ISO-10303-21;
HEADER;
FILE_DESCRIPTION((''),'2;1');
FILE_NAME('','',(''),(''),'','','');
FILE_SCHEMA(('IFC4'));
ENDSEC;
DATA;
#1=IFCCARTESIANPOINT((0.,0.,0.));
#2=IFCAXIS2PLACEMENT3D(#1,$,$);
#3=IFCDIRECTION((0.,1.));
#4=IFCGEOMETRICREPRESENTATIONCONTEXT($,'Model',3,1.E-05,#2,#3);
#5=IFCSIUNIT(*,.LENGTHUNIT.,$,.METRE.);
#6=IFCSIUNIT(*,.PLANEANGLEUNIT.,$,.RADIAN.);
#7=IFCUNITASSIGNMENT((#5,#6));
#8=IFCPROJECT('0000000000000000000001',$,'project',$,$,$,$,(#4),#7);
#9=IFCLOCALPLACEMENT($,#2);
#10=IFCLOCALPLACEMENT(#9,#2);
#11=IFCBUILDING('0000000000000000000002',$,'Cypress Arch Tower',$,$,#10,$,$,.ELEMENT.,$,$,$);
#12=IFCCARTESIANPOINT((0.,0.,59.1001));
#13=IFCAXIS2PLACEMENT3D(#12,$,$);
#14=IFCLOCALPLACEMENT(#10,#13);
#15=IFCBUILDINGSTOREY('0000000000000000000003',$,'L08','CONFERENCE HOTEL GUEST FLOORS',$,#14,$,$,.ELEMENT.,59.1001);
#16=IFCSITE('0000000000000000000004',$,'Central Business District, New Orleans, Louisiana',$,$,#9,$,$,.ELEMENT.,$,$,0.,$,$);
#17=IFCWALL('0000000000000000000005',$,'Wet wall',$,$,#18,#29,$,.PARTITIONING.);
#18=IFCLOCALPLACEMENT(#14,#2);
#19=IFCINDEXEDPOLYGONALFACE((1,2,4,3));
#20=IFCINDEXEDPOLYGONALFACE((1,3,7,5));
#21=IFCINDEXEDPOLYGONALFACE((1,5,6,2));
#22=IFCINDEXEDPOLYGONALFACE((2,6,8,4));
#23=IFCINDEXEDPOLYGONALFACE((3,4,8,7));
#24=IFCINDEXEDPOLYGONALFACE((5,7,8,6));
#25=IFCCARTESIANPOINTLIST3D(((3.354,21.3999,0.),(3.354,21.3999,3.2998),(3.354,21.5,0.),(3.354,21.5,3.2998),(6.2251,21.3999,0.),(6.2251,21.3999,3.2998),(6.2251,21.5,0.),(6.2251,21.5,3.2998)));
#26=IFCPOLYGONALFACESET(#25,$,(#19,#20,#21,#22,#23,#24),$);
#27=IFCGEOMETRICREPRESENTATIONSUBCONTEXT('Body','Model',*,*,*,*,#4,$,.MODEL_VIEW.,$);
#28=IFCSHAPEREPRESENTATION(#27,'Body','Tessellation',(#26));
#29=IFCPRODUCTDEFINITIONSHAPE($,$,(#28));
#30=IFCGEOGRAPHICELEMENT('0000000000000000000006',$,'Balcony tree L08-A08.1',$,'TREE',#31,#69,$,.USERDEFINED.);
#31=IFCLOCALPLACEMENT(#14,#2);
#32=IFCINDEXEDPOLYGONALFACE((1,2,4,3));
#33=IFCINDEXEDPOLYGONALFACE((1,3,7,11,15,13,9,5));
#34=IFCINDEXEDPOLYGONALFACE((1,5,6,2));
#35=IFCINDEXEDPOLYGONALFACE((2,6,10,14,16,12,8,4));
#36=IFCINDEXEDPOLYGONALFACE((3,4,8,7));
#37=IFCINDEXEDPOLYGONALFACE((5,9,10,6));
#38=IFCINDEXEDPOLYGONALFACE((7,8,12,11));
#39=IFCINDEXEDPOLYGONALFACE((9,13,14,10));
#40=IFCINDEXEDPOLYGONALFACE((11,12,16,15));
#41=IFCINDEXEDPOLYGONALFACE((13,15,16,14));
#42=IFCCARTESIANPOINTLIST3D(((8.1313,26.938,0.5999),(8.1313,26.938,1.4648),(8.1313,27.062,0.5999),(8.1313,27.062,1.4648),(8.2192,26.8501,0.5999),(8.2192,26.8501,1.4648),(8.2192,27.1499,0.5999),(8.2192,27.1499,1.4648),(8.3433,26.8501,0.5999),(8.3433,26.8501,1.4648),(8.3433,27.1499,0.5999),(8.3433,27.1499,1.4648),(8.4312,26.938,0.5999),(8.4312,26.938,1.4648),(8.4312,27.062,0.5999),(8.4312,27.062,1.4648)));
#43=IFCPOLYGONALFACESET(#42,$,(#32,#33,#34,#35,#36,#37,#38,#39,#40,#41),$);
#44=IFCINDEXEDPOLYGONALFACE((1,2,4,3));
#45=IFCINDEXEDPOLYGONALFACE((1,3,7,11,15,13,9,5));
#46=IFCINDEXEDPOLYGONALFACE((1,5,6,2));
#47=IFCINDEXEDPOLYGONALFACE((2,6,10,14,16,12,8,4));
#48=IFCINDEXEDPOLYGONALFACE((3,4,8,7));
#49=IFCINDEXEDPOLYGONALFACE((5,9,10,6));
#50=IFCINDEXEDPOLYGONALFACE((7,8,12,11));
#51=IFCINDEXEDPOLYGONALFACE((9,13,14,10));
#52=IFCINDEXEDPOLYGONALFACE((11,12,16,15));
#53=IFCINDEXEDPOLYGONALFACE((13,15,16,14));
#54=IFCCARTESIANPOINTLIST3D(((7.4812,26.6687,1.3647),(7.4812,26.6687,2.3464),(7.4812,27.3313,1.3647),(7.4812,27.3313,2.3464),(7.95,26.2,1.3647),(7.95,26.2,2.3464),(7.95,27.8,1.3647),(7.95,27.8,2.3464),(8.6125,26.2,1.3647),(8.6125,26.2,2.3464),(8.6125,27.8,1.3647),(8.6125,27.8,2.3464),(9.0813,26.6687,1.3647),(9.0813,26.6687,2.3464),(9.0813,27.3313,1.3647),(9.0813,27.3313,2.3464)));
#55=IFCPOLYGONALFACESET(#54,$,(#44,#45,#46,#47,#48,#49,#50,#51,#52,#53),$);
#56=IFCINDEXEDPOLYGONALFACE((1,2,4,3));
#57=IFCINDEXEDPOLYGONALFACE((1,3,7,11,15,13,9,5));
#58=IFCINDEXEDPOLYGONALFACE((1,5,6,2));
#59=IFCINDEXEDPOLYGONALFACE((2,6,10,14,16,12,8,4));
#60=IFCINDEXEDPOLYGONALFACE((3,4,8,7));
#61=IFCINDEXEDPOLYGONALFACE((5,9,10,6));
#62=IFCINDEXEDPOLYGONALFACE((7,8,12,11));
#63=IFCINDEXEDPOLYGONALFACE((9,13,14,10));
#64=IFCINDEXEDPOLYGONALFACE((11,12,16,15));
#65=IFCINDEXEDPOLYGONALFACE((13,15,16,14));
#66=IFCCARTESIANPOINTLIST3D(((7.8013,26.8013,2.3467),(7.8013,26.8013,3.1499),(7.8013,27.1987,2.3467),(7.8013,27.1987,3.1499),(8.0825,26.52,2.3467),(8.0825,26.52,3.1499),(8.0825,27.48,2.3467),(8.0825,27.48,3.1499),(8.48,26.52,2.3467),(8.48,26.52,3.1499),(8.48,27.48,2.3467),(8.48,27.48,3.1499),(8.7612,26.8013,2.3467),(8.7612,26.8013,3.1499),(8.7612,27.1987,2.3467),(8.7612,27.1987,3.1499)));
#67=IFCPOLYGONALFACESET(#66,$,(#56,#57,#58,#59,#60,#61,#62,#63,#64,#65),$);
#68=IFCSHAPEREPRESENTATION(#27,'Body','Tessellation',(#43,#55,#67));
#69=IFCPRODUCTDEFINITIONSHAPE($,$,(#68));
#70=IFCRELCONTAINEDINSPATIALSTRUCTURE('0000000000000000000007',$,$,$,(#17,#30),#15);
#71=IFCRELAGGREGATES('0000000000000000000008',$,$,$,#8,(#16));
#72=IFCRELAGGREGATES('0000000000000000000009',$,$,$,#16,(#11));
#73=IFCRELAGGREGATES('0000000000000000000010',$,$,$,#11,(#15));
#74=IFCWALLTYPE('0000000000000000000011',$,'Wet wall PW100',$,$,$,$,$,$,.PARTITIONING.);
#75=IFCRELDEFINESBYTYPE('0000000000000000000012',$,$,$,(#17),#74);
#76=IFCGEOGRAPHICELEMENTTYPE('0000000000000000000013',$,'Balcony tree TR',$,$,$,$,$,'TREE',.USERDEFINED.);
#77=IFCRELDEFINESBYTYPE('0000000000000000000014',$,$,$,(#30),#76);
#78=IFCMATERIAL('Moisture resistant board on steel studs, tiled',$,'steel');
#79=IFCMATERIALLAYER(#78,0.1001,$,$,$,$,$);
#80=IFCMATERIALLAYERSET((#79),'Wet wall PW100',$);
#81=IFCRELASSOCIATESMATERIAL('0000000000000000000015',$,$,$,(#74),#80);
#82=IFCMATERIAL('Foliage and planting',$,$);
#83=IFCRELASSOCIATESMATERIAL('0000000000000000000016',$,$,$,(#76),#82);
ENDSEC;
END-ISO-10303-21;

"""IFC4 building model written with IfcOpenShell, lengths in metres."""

from ifc_helpers import new_model, si_unit, direction, frame, frame_2d, origin, place, context, subcontext, project, spatial, polyline, rectangle, outline, extrude, material, layer, layer_set, type_object, element, save


model = new_model("IFC4")

# Units and contexts
model_context = context("Model", 3, precision=1e-05, world=origin(), true_north=direction((0.0, 1.0)))
body_context = subcontext(model_context, "Body", "Model", "MODEL_VIEW")
ifc_project = project(units=[si_unit("LENGTHUNIT", "METRE"), si_unit("PLANEANGLEUNIT", "RADIAN")], contexts=[model_context])

# Site, building, storey
site_placement = place(None, origin())
site = spatial("IfcSite", under=ifc_project, at=site_placement, Name="Central Business District, New Orleans, Louisiana", CompositionType="ELEMENT", RefElevation=0.0)
building_placement = place(site_placement, origin())
building = spatial("IfcBuilding", under=site, at=building_placement, Name="Cypress Arch Tower", CompositionType="ELEMENT")
storey_placement = place(building_placement, frame((0.0, 0.0, 59.1001)))
storey = spatial("IfcBuildingStorey", under=building, at=storey_placement, Name="L08", Description="CONFERENCE HOTEL GUEST FLOORS", CompositionType="ELEMENT", Elevation=59.1001)

# Shared definitions
ifc_material_1 = material(Name="Moisture resistant board on steel studs, tiled", Category="steel")
ifc_layer_1 = layer(ifc_material_1, 0.1001)
ifc_layer_set_1 = layer_set([ifc_layer_1], Name="Wet wall PW100")
wall_type_1 = type_object("IfcWallType", Name="Wet wall PW100", PredefinedType="PARTITIONING", material=ifc_layer_set_1)

# Wall
wall_1_placement = place(storey_placement, frame((3.354, 21.45, 0.0), z_axis=(0.0, 0.0, 1.0), x_axis=(1.0, 0.0, 0.0)))
element("IfcWall", 1, at=wall_1_placement, inside=storey, type_object=wall_type_1, Name="Wet wall", PredefinedType="PARTITIONING", context=body_context, shape_type="SweptSolid", body=[
    extrude(rectangle(XDim=2.8711, YDim=0.1001, at=frame_2d((1.4355, 0.0))), origin(), (0.0, 0.0, 1.0), 3.2998),
])

# Geographic element
ifc_material_2 = material(Name="Foliage and planting")
geographic_element_type = type_object("IfcGeographicElementType", Name="Balcony tree TR", ElementType="TREE", PredefinedType="USERDEFINED", material=ifc_material_2)
geographic_element_placement = place(storey_placement, frame((8.2812, 27.0, 0.5999), z_axis=(0.0, 0.0, 1.0), x_axis=(1.0, 0.0, 0.0)))
element("IfcGeographicElement", 2, at=geographic_element_placement, inside=storey, type_object=geographic_element_type, Name="Balcony tree L08-A08.1", ObjectType="TREE", PredefinedType="USERDEFINED", context=body_context, shape_type="SweptSolid", body=[
    extrude(outline(polyline([(0.1499, 0.062), (0.062, 0.1499), (-0.062, 0.1499), (-0.1499, 0.062), (-0.1499, -0.062), (-0.062, -0.1499), (0.062, -0.1499), (0.1499, -0.062), (0.1499, 0.062)])), origin(), (0.0, 0.0, 1.0), 0.865),
    extrude(outline(polyline([(0.8, 0.3313), (0.3313, 0.8), (-0.3313, 0.8), (-0.8, 0.3313), (-0.8, -0.3313), (-0.3313, -0.8), (0.3313, -0.8), (0.8, -0.3313), (0.8, 0.3313)])), frame((0.0, 0.0, 0.7649)), (0.0, 0.0, 1.0), 0.9817),
    extrude(outline(polyline([(0.48, 0.1987), (0.1987, 0.48), (-0.1987, 0.48), (-0.48, 0.1987), (-0.48, -0.1987), (-0.1987, -0.48), (0.1987, -0.48), (0.48, -0.1987), (0.48, 0.1987)])), frame((0.0, 0.0, 1.7468)), (0.0, 0.0, 1.0), 0.8032),
])

save(model, "model.ifc")
